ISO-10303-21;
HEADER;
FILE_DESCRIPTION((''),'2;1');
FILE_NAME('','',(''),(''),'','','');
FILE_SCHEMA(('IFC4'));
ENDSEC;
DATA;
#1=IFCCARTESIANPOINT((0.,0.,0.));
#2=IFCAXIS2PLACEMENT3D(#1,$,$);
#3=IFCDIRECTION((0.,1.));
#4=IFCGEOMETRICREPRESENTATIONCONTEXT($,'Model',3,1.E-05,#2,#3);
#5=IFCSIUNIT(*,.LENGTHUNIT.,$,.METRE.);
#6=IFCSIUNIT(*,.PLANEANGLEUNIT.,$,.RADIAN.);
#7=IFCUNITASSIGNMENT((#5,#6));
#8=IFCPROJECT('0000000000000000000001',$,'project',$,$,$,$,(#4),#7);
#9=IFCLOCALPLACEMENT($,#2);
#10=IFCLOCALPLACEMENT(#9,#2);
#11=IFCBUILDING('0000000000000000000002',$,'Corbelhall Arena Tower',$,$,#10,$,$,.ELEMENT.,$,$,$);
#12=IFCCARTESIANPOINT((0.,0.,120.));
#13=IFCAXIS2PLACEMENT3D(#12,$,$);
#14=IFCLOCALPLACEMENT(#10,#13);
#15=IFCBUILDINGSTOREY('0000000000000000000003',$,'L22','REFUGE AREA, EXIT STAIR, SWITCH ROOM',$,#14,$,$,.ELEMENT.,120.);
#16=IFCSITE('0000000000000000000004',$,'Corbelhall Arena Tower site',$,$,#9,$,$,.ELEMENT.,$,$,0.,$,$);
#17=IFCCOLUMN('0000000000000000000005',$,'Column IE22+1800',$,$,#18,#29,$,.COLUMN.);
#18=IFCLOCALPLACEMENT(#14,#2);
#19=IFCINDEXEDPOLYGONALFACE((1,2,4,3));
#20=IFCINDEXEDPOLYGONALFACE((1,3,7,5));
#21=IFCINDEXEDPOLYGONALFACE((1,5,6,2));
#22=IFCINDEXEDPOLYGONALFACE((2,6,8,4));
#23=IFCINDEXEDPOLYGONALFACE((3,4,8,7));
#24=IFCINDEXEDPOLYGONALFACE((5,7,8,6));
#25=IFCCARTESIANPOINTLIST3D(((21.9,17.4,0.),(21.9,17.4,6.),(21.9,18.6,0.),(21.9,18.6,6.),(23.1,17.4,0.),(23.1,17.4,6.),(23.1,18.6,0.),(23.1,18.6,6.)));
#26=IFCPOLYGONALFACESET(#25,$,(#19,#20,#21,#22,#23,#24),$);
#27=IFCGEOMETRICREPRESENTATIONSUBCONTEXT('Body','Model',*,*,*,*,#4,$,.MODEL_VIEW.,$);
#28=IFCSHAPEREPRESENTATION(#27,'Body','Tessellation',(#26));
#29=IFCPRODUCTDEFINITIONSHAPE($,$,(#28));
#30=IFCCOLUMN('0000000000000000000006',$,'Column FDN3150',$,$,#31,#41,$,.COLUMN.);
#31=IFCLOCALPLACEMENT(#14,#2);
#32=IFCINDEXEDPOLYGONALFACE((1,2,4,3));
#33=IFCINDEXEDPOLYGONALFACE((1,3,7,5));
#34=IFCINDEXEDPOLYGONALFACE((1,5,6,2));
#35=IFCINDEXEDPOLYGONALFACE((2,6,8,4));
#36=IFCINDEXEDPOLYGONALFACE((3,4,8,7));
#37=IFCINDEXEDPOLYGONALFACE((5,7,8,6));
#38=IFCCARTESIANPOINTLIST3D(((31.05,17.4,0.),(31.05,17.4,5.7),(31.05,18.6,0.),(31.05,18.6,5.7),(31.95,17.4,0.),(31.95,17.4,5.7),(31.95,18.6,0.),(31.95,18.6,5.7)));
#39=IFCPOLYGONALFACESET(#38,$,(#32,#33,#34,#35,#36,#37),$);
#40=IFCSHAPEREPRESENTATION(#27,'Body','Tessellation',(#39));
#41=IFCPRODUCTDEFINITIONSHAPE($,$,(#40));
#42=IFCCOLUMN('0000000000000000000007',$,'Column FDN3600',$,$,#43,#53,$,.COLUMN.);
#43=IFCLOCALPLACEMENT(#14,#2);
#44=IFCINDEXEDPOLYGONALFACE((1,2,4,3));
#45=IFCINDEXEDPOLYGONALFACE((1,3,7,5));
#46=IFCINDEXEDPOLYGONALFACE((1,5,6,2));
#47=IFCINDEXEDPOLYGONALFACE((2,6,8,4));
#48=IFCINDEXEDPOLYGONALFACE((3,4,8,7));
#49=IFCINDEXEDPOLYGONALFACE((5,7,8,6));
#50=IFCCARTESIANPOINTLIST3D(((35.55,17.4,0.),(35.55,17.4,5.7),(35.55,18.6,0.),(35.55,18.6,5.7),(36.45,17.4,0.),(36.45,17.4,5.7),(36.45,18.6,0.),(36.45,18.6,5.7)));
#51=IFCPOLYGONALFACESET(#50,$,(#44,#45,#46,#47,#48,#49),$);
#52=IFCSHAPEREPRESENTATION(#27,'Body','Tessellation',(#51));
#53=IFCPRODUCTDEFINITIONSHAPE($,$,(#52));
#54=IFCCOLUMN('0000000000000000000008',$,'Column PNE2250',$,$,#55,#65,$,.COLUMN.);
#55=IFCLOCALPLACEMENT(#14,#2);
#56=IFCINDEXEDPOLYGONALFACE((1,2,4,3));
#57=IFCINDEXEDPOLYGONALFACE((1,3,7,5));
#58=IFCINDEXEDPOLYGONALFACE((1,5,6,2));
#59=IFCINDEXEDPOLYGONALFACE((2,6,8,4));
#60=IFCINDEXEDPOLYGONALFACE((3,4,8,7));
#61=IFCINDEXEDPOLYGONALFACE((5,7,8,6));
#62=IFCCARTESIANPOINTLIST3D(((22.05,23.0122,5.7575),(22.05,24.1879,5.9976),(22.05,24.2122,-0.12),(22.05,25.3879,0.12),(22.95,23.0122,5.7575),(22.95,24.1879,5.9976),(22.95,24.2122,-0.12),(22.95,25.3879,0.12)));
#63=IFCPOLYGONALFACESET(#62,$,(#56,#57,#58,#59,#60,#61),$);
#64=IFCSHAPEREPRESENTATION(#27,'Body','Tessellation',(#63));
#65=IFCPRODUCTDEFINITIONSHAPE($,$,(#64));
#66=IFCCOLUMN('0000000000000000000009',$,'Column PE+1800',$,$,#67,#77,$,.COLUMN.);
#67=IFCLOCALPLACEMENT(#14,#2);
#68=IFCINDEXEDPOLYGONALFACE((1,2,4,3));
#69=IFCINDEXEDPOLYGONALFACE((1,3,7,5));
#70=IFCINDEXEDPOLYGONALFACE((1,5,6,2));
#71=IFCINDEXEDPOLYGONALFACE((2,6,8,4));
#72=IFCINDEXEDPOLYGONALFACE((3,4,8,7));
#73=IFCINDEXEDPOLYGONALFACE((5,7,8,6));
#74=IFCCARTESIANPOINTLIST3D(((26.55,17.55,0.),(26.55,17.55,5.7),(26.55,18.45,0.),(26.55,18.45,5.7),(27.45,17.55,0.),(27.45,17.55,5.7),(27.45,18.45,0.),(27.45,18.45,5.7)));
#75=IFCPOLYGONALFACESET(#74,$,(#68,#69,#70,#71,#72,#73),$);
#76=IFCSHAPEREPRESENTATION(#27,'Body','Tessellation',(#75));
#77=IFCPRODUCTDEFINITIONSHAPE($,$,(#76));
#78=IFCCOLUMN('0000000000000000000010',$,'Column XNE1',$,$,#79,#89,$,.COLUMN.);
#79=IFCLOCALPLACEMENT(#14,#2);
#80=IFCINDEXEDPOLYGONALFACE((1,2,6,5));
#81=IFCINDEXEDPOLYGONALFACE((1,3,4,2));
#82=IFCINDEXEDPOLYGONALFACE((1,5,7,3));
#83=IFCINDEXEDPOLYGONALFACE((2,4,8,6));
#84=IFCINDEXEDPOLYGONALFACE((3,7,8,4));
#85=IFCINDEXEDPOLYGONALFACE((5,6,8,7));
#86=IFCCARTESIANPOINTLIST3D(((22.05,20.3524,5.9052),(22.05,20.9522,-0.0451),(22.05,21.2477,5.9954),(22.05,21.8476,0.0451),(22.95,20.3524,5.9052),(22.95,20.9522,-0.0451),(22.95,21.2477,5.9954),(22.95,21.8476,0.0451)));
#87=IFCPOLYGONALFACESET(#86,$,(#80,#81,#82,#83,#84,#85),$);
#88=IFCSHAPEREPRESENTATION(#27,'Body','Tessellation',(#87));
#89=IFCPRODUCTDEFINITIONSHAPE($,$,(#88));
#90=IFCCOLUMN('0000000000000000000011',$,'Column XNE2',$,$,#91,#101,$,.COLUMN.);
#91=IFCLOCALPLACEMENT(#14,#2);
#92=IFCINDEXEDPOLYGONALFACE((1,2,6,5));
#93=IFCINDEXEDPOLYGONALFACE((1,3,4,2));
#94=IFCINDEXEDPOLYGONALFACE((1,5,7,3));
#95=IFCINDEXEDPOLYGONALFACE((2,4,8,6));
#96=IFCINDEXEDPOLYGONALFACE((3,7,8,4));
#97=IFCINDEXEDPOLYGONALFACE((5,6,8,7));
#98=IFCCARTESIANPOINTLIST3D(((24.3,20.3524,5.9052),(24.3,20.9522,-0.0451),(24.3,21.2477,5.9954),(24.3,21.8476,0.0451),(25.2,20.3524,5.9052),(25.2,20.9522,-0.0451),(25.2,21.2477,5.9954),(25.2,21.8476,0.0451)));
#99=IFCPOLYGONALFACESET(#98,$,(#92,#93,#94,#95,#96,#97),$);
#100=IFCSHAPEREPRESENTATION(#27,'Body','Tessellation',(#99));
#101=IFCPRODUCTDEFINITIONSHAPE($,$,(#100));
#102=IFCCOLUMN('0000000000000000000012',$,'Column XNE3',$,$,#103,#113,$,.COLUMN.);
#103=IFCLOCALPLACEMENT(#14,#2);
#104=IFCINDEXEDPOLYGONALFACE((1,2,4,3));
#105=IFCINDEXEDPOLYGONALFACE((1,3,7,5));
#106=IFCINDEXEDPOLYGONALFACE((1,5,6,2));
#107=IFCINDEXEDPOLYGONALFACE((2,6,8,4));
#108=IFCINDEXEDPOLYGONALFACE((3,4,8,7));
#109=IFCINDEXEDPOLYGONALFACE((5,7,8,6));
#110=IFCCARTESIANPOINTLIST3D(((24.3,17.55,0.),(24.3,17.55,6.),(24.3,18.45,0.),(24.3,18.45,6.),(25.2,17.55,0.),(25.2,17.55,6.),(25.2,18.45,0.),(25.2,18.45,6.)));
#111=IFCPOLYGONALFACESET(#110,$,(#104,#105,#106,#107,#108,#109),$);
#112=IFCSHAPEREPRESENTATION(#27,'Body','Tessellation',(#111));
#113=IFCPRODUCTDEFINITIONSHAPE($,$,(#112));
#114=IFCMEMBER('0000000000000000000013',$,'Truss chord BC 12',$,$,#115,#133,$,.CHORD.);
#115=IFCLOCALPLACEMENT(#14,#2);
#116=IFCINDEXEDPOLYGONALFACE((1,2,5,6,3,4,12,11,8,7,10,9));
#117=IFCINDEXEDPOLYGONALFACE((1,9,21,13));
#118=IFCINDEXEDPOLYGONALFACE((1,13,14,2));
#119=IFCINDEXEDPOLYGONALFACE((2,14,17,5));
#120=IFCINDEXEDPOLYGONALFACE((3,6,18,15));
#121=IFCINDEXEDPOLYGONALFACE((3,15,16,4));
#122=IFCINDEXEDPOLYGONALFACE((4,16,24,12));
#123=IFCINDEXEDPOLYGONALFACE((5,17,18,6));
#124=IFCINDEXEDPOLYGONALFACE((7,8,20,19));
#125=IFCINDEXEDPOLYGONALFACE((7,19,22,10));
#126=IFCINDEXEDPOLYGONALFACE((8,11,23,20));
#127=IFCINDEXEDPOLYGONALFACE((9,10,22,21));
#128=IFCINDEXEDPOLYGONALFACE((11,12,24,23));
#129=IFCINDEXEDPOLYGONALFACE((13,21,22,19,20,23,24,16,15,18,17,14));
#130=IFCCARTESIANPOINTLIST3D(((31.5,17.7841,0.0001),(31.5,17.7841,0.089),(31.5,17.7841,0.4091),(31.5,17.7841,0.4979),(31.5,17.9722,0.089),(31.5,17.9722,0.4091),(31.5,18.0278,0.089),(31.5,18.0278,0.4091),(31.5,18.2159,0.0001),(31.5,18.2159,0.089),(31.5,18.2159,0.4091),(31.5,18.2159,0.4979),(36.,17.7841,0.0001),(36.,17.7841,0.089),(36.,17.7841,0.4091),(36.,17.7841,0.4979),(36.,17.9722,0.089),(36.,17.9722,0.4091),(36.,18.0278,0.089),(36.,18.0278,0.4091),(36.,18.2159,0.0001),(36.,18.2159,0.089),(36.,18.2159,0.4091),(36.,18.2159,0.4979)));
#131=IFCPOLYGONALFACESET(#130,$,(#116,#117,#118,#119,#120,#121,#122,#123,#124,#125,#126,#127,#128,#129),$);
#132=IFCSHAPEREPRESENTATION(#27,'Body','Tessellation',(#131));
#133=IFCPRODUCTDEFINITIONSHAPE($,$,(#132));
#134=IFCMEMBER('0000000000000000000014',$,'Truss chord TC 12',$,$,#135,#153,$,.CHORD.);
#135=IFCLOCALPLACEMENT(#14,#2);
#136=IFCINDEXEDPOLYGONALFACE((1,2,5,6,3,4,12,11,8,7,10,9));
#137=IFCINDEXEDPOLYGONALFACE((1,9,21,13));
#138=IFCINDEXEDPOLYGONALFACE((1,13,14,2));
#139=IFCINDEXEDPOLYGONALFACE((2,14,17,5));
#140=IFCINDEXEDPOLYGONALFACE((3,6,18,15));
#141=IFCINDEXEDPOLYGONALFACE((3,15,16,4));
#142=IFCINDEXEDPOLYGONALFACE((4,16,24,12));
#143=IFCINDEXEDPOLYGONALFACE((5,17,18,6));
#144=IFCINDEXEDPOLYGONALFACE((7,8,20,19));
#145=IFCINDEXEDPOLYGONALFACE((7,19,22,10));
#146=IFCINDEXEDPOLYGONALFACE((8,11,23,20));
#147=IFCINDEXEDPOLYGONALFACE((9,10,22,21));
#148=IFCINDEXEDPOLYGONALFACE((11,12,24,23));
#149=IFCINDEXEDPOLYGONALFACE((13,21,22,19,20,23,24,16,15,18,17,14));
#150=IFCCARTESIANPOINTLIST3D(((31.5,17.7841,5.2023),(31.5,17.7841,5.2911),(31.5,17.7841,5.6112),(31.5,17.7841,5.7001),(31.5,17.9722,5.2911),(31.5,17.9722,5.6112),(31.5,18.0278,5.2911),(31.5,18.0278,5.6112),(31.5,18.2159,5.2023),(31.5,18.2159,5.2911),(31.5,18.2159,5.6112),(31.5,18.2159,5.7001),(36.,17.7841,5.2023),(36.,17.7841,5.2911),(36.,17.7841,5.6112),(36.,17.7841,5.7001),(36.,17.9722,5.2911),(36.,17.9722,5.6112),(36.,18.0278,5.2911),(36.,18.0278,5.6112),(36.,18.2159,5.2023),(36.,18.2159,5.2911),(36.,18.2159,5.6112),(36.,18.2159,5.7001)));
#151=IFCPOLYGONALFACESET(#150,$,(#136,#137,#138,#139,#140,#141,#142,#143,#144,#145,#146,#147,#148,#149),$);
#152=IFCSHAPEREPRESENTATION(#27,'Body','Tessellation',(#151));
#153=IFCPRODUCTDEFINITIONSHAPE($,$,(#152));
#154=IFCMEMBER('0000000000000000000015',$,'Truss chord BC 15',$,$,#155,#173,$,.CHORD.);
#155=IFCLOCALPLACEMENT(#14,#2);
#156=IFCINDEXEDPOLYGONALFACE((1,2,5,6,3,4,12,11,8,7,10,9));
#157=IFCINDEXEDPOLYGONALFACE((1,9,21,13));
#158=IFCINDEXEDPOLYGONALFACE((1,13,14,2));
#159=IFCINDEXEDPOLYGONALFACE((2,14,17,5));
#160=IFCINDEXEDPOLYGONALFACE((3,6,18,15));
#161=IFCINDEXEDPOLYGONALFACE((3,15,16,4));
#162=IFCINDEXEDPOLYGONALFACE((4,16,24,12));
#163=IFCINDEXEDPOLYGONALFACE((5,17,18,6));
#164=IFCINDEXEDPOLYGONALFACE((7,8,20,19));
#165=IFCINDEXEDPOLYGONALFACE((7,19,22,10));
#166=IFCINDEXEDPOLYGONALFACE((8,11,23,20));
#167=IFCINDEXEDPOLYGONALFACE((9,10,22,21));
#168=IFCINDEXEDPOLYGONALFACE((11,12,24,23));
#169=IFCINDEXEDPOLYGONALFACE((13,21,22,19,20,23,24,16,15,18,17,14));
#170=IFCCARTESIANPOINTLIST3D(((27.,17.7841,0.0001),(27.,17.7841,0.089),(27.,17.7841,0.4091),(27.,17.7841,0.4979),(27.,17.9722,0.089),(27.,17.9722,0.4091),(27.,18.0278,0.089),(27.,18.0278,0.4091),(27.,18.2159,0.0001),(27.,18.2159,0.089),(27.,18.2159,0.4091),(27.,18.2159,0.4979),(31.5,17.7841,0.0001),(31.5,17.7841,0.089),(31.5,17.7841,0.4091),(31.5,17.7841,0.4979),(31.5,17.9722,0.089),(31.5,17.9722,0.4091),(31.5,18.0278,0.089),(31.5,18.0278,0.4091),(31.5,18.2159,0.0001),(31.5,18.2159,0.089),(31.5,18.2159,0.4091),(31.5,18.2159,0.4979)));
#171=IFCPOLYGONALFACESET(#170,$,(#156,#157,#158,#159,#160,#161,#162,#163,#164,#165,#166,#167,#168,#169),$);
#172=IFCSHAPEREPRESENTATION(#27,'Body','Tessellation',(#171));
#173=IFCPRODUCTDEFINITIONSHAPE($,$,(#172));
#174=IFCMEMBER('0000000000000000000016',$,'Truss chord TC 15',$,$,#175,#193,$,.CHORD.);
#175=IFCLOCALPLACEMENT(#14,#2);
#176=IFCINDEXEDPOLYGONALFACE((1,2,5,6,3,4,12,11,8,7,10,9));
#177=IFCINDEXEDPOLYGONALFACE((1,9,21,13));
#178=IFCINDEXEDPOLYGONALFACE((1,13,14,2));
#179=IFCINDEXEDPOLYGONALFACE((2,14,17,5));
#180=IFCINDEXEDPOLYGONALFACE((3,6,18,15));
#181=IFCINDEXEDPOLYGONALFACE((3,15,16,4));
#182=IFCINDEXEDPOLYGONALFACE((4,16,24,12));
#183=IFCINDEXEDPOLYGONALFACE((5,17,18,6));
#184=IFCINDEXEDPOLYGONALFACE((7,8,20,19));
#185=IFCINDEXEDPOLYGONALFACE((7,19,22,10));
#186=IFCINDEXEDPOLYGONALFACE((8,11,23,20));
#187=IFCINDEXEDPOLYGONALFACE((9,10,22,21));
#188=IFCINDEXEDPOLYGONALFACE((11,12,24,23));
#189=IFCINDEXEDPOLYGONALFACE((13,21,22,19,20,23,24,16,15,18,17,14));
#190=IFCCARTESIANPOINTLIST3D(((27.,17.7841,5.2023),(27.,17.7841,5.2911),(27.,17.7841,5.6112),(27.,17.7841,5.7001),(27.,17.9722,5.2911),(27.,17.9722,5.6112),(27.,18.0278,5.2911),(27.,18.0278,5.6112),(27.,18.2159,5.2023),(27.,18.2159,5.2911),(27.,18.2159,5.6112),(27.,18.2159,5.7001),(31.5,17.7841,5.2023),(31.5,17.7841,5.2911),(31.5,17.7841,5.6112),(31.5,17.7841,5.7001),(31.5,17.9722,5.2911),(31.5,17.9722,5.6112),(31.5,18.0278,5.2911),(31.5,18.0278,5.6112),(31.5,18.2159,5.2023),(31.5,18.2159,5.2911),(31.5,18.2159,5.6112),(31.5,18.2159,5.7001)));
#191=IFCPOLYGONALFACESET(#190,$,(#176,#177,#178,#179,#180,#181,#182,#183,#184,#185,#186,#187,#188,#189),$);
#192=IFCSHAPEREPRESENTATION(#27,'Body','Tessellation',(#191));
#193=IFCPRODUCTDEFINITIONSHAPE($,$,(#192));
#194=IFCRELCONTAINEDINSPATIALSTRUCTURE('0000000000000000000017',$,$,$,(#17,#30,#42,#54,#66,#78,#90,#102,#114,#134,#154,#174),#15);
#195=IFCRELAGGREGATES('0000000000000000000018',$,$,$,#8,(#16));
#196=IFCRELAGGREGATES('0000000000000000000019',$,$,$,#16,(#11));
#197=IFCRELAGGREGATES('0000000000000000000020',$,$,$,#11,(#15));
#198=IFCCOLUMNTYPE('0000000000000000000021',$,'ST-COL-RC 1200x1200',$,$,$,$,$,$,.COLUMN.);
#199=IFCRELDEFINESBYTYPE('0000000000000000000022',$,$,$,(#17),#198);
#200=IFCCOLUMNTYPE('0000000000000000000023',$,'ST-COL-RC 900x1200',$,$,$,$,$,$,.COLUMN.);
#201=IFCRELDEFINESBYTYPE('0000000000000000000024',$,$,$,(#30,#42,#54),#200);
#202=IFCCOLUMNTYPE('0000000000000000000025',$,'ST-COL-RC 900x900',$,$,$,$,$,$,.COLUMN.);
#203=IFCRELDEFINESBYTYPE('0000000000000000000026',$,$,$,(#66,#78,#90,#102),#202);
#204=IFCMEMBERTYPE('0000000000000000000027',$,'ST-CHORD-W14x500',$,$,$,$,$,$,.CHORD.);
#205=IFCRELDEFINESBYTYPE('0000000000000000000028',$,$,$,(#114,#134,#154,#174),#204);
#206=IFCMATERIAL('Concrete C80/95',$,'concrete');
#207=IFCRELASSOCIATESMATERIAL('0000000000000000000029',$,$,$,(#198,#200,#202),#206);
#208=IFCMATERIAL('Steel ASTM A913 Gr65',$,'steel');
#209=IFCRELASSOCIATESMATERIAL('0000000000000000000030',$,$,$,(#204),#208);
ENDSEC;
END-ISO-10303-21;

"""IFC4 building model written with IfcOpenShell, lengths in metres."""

from ifc_helpers import new_model, si_unit, direction, frame, origin, origin_2d, place, context, subcontext, project, spatial, rectangle, i_section, extrude, material, material_profile, profile_set, type_object, element, save


model = new_model("IFC4")

# Units and contexts
model_context = context("Model", 3, precision=1e-05, world=origin(), true_north=direction((0.0, 1.0)))
body_context = subcontext(model_context, "Body", "Model", "MODEL_VIEW")
ifc_project = project(units=[si_unit("LENGTHUNIT", "METRE"), si_unit("PLANEANGLEUNIT", "RADIAN")], contexts=[model_context])

# Site, building, storey
site_placement = place(None, origin())
site = spatial("IfcSite", under=ifc_project, at=site_placement, Name="Corbelhall Arena Tower site", CompositionType="ELEMENT", RefElevation=0.0)
building_placement = place(site_placement, origin())
building = spatial("IfcBuilding", under=site, at=building_placement, Name="Corbelhall Arena Tower", CompositionType="ELEMENT")
storey_placement = place(building_placement, frame((0.0, 0.0, 120.0)))
storey = spatial("IfcBuildingStorey", under=building, at=storey_placement, Name="L22", Description="REFUGE AREA, EXIT STAIR, SWITCH ROOM", CompositionType="ELEMENT", Elevation=120.0)

# Columns
ifc_material_1 = material(Name="Concrete C80/95", Category="concrete")
ifc_material_profile_1 = material_profile(ifc_material_1, rectangle(XDim=1.2, YDim=1.2, at=origin_2d()))
ifc_profile_set_1 = profile_set([ifc_material_profile_1], Name="Concrete C80/95")
column_type_1 = type_object("IfcColumnType", Name="ST-COL-RC 1200x1200", PredefinedType="COLUMN", material=ifc_profile_set_1)
column_1_placement = place(storey_placement, frame((22.5, 18.0, 0.0), z_axis=(0.0, 0.0, 1.0), x_axis=(1.0, 0.0, 0.0)))
element("IfcColumn", 1, at=column_1_placement, inside=storey, type_object=column_type_1, Name="Column IE22+1800", PredefinedType="COLUMN", context=body_context, shape_type="SweptSolid", body=[
    extrude(rectangle(XDim=1.2, YDim=1.2, at=origin_2d()), origin(), (0.0, 0.0, 1.0), 6.0),
])
ifc_material_profile_2 = material_profile(ifc_material_1, rectangle(XDim=0.8999, YDim=1.2, at=origin_2d()))
ifc_profile_set_2 = profile_set([ifc_material_profile_2], Name="Concrete C80/95")
column_type_2 = type_object("IfcColumnType", Name="ST-COL-RC 900x1200", PredefinedType="COLUMN", material=ifc_profile_set_2)
for number, where, z_axis, x_axis, name in (
    (2, (31.5, 18.0, 0.0), (0.0, 0.0, 1.0), (1.0, 0.0, 0.0), "Column FDN3150"),
    (3, (36.0, 18.0, 0.0), (0.0, 0.0, 1.0), (1.0, 0.0, 0.0), "Column FDN3600"),
):
    element("IfcColumn", number, at=place(storey_placement, frame(where, z_axis=z_axis, x_axis=x_axis)), inside=storey, type_object=column_type_2, Name=name, PredefinedType="COLUMN", context=body_context, shape_type="SweptSolid", body=[
        extrude(rectangle(XDim=0.8999, YDim=1.2, at=origin_2d()), origin(), (0.0, 0.0, 1.0), 5.7),
    ])
column_2_placement = place(storey_placement, frame((22.5, 24.8, 0.0), z_axis=(0.0, -0.200036, 0.979789), x_axis=(1.0, 0.0, 0.0)))
element("IfcColumn", 4, at=column_2_placement, inside=storey, type_object=column_type_2, Name="Column PNE2250", PredefinedType="COLUMN", context=body_context, shape_type="SweptSolid", body=[
    extrude(rectangle(XDim=0.8999, YDim=1.2, at=origin_2d()), origin(), (0.0, 0.0, 1.0), 5.9988),
])
ifc_material_profile_3 = material_profile(ifc_material_1, rectangle(XDim=0.8999, YDim=0.8999, at=origin_2d()))
ifc_profile_set_3 = profile_set([ifc_material_profile_3], Name="Concrete C80/95")
column_type_3 = type_object("IfcColumnType", Name="ST-COL-RC 900x900", PredefinedType="COLUMN", material=ifc_profile_set_3)
column_3_placement = place(storey_placement, frame((27.0, 18.0, 0.0), z_axis=(0.0, 0.0, 1.0), x_axis=(1.0, 0.0, 0.0)))
element("IfcColumn", 5, at=column_3_placement, inside=storey, type_object=column_type_3, Name="Column PE+1800", PredefinedType="COLUMN", context=body_context, shape_type="SweptSolid", body=[
    extrude(rectangle(XDim=0.8999, YDim=0.8999, at=origin_2d()), origin(), (0.0, 0.0, 1.0), 5.7),
])
for number, where, z_axis, x_axis, name in (
    (6, (22.5, 21.3999, 0.0), (0.0, -0.100304, 0.994957), (1.0, 0.0, 0.0), "Column XNE1"),
    (7, (24.75, 21.3999, 0.0), (0.0, -0.100304, 0.994957), (1.0, 0.0, 0.0), "Column XNE2"),
):
    element("IfcColumn", number, at=place(storey_placement, frame(where, z_axis=z_axis, x_axis=x_axis)), inside=storey, type_object=column_type_3, Name=name, PredefinedType="COLUMN", context=body_context, shape_type="SweptSolid", body=[
        extrude(rectangle(XDim=0.8999, YDim=0.8999, at=origin_2d()), origin(), (0.0, 0.0, 1.0), 5.9805),
    ])
column_4_placement = place(storey_placement, frame((24.75, 18.0, 0.0), z_axis=(0.0, 0.0, 1.0), x_axis=(1.0, 0.0, 0.0)))
element("IfcColumn", 8, at=column_4_placement, inside=storey, type_object=column_type_3, Name="Column XNE3", PredefinedType="COLUMN", context=body_context, shape_type="SweptSolid", body=[
    extrude(rectangle(XDim=0.8999, YDim=0.8999, at=origin_2d()), origin(), (0.0, 0.0, 1.0), 6.0),
])

# Members
ifc_material_2 = material(Name="Steel ASTM A913 Gr65", Category="steel")
ifc_material_profile_4 = material_profile(ifc_material_2, i_section(OverallWidth=0.4319, OverallDepth=0.4978, WebThickness=0.0557, FlangeThickness=0.0889, at=origin_2d()))
ifc_profile_set_4 = profile_set([ifc_material_profile_4], Name="Steel ASTM A913 Gr65")
member_type_1 = type_object("IfcMemberType", Name="ST-CHORD-W14x500", PredefinedType="CHORD", material=ifc_profile_set_4)
for number, where, z_axis, x_axis, name in (
    (9, (31.5, 18.0, 0.249), (1.0, 0.0, 0.0), (0.0, 1.0, 0.0), "Truss chord BC 12"),
    (10, (31.5, 18.0, 5.4512), (1.0, 0.0, 0.0), (0.0, 1.0, 0.0), "Truss chord TC 12"),
    (11, (27.0, 18.0, 0.249), (1.0, 0.0, 0.0), (0.0, 1.0, 0.0), "Truss chord BC 15"),
    (12, (27.0, 18.0, 5.4512), (1.0, 0.0, 0.0), (0.0, 1.0, 0.0), "Truss chord TC 15"),
):
    element("IfcMember", number, at=place(storey_placement, frame(where, z_axis=z_axis, x_axis=x_axis)), inside=storey, type_object=member_type_1, Name=name, PredefinedType="CHORD", context=body_context, shape_type="SweptSolid", body=[
        extrude(i_section(OverallWidth=0.4319, OverallDepth=0.4978, WebThickness=0.0557, FlangeThickness=0.0889, at=origin_2d()), origin(), (0.0, 0.0, 1.0), 4.5),
    ])

save(model, "model.ifc")
